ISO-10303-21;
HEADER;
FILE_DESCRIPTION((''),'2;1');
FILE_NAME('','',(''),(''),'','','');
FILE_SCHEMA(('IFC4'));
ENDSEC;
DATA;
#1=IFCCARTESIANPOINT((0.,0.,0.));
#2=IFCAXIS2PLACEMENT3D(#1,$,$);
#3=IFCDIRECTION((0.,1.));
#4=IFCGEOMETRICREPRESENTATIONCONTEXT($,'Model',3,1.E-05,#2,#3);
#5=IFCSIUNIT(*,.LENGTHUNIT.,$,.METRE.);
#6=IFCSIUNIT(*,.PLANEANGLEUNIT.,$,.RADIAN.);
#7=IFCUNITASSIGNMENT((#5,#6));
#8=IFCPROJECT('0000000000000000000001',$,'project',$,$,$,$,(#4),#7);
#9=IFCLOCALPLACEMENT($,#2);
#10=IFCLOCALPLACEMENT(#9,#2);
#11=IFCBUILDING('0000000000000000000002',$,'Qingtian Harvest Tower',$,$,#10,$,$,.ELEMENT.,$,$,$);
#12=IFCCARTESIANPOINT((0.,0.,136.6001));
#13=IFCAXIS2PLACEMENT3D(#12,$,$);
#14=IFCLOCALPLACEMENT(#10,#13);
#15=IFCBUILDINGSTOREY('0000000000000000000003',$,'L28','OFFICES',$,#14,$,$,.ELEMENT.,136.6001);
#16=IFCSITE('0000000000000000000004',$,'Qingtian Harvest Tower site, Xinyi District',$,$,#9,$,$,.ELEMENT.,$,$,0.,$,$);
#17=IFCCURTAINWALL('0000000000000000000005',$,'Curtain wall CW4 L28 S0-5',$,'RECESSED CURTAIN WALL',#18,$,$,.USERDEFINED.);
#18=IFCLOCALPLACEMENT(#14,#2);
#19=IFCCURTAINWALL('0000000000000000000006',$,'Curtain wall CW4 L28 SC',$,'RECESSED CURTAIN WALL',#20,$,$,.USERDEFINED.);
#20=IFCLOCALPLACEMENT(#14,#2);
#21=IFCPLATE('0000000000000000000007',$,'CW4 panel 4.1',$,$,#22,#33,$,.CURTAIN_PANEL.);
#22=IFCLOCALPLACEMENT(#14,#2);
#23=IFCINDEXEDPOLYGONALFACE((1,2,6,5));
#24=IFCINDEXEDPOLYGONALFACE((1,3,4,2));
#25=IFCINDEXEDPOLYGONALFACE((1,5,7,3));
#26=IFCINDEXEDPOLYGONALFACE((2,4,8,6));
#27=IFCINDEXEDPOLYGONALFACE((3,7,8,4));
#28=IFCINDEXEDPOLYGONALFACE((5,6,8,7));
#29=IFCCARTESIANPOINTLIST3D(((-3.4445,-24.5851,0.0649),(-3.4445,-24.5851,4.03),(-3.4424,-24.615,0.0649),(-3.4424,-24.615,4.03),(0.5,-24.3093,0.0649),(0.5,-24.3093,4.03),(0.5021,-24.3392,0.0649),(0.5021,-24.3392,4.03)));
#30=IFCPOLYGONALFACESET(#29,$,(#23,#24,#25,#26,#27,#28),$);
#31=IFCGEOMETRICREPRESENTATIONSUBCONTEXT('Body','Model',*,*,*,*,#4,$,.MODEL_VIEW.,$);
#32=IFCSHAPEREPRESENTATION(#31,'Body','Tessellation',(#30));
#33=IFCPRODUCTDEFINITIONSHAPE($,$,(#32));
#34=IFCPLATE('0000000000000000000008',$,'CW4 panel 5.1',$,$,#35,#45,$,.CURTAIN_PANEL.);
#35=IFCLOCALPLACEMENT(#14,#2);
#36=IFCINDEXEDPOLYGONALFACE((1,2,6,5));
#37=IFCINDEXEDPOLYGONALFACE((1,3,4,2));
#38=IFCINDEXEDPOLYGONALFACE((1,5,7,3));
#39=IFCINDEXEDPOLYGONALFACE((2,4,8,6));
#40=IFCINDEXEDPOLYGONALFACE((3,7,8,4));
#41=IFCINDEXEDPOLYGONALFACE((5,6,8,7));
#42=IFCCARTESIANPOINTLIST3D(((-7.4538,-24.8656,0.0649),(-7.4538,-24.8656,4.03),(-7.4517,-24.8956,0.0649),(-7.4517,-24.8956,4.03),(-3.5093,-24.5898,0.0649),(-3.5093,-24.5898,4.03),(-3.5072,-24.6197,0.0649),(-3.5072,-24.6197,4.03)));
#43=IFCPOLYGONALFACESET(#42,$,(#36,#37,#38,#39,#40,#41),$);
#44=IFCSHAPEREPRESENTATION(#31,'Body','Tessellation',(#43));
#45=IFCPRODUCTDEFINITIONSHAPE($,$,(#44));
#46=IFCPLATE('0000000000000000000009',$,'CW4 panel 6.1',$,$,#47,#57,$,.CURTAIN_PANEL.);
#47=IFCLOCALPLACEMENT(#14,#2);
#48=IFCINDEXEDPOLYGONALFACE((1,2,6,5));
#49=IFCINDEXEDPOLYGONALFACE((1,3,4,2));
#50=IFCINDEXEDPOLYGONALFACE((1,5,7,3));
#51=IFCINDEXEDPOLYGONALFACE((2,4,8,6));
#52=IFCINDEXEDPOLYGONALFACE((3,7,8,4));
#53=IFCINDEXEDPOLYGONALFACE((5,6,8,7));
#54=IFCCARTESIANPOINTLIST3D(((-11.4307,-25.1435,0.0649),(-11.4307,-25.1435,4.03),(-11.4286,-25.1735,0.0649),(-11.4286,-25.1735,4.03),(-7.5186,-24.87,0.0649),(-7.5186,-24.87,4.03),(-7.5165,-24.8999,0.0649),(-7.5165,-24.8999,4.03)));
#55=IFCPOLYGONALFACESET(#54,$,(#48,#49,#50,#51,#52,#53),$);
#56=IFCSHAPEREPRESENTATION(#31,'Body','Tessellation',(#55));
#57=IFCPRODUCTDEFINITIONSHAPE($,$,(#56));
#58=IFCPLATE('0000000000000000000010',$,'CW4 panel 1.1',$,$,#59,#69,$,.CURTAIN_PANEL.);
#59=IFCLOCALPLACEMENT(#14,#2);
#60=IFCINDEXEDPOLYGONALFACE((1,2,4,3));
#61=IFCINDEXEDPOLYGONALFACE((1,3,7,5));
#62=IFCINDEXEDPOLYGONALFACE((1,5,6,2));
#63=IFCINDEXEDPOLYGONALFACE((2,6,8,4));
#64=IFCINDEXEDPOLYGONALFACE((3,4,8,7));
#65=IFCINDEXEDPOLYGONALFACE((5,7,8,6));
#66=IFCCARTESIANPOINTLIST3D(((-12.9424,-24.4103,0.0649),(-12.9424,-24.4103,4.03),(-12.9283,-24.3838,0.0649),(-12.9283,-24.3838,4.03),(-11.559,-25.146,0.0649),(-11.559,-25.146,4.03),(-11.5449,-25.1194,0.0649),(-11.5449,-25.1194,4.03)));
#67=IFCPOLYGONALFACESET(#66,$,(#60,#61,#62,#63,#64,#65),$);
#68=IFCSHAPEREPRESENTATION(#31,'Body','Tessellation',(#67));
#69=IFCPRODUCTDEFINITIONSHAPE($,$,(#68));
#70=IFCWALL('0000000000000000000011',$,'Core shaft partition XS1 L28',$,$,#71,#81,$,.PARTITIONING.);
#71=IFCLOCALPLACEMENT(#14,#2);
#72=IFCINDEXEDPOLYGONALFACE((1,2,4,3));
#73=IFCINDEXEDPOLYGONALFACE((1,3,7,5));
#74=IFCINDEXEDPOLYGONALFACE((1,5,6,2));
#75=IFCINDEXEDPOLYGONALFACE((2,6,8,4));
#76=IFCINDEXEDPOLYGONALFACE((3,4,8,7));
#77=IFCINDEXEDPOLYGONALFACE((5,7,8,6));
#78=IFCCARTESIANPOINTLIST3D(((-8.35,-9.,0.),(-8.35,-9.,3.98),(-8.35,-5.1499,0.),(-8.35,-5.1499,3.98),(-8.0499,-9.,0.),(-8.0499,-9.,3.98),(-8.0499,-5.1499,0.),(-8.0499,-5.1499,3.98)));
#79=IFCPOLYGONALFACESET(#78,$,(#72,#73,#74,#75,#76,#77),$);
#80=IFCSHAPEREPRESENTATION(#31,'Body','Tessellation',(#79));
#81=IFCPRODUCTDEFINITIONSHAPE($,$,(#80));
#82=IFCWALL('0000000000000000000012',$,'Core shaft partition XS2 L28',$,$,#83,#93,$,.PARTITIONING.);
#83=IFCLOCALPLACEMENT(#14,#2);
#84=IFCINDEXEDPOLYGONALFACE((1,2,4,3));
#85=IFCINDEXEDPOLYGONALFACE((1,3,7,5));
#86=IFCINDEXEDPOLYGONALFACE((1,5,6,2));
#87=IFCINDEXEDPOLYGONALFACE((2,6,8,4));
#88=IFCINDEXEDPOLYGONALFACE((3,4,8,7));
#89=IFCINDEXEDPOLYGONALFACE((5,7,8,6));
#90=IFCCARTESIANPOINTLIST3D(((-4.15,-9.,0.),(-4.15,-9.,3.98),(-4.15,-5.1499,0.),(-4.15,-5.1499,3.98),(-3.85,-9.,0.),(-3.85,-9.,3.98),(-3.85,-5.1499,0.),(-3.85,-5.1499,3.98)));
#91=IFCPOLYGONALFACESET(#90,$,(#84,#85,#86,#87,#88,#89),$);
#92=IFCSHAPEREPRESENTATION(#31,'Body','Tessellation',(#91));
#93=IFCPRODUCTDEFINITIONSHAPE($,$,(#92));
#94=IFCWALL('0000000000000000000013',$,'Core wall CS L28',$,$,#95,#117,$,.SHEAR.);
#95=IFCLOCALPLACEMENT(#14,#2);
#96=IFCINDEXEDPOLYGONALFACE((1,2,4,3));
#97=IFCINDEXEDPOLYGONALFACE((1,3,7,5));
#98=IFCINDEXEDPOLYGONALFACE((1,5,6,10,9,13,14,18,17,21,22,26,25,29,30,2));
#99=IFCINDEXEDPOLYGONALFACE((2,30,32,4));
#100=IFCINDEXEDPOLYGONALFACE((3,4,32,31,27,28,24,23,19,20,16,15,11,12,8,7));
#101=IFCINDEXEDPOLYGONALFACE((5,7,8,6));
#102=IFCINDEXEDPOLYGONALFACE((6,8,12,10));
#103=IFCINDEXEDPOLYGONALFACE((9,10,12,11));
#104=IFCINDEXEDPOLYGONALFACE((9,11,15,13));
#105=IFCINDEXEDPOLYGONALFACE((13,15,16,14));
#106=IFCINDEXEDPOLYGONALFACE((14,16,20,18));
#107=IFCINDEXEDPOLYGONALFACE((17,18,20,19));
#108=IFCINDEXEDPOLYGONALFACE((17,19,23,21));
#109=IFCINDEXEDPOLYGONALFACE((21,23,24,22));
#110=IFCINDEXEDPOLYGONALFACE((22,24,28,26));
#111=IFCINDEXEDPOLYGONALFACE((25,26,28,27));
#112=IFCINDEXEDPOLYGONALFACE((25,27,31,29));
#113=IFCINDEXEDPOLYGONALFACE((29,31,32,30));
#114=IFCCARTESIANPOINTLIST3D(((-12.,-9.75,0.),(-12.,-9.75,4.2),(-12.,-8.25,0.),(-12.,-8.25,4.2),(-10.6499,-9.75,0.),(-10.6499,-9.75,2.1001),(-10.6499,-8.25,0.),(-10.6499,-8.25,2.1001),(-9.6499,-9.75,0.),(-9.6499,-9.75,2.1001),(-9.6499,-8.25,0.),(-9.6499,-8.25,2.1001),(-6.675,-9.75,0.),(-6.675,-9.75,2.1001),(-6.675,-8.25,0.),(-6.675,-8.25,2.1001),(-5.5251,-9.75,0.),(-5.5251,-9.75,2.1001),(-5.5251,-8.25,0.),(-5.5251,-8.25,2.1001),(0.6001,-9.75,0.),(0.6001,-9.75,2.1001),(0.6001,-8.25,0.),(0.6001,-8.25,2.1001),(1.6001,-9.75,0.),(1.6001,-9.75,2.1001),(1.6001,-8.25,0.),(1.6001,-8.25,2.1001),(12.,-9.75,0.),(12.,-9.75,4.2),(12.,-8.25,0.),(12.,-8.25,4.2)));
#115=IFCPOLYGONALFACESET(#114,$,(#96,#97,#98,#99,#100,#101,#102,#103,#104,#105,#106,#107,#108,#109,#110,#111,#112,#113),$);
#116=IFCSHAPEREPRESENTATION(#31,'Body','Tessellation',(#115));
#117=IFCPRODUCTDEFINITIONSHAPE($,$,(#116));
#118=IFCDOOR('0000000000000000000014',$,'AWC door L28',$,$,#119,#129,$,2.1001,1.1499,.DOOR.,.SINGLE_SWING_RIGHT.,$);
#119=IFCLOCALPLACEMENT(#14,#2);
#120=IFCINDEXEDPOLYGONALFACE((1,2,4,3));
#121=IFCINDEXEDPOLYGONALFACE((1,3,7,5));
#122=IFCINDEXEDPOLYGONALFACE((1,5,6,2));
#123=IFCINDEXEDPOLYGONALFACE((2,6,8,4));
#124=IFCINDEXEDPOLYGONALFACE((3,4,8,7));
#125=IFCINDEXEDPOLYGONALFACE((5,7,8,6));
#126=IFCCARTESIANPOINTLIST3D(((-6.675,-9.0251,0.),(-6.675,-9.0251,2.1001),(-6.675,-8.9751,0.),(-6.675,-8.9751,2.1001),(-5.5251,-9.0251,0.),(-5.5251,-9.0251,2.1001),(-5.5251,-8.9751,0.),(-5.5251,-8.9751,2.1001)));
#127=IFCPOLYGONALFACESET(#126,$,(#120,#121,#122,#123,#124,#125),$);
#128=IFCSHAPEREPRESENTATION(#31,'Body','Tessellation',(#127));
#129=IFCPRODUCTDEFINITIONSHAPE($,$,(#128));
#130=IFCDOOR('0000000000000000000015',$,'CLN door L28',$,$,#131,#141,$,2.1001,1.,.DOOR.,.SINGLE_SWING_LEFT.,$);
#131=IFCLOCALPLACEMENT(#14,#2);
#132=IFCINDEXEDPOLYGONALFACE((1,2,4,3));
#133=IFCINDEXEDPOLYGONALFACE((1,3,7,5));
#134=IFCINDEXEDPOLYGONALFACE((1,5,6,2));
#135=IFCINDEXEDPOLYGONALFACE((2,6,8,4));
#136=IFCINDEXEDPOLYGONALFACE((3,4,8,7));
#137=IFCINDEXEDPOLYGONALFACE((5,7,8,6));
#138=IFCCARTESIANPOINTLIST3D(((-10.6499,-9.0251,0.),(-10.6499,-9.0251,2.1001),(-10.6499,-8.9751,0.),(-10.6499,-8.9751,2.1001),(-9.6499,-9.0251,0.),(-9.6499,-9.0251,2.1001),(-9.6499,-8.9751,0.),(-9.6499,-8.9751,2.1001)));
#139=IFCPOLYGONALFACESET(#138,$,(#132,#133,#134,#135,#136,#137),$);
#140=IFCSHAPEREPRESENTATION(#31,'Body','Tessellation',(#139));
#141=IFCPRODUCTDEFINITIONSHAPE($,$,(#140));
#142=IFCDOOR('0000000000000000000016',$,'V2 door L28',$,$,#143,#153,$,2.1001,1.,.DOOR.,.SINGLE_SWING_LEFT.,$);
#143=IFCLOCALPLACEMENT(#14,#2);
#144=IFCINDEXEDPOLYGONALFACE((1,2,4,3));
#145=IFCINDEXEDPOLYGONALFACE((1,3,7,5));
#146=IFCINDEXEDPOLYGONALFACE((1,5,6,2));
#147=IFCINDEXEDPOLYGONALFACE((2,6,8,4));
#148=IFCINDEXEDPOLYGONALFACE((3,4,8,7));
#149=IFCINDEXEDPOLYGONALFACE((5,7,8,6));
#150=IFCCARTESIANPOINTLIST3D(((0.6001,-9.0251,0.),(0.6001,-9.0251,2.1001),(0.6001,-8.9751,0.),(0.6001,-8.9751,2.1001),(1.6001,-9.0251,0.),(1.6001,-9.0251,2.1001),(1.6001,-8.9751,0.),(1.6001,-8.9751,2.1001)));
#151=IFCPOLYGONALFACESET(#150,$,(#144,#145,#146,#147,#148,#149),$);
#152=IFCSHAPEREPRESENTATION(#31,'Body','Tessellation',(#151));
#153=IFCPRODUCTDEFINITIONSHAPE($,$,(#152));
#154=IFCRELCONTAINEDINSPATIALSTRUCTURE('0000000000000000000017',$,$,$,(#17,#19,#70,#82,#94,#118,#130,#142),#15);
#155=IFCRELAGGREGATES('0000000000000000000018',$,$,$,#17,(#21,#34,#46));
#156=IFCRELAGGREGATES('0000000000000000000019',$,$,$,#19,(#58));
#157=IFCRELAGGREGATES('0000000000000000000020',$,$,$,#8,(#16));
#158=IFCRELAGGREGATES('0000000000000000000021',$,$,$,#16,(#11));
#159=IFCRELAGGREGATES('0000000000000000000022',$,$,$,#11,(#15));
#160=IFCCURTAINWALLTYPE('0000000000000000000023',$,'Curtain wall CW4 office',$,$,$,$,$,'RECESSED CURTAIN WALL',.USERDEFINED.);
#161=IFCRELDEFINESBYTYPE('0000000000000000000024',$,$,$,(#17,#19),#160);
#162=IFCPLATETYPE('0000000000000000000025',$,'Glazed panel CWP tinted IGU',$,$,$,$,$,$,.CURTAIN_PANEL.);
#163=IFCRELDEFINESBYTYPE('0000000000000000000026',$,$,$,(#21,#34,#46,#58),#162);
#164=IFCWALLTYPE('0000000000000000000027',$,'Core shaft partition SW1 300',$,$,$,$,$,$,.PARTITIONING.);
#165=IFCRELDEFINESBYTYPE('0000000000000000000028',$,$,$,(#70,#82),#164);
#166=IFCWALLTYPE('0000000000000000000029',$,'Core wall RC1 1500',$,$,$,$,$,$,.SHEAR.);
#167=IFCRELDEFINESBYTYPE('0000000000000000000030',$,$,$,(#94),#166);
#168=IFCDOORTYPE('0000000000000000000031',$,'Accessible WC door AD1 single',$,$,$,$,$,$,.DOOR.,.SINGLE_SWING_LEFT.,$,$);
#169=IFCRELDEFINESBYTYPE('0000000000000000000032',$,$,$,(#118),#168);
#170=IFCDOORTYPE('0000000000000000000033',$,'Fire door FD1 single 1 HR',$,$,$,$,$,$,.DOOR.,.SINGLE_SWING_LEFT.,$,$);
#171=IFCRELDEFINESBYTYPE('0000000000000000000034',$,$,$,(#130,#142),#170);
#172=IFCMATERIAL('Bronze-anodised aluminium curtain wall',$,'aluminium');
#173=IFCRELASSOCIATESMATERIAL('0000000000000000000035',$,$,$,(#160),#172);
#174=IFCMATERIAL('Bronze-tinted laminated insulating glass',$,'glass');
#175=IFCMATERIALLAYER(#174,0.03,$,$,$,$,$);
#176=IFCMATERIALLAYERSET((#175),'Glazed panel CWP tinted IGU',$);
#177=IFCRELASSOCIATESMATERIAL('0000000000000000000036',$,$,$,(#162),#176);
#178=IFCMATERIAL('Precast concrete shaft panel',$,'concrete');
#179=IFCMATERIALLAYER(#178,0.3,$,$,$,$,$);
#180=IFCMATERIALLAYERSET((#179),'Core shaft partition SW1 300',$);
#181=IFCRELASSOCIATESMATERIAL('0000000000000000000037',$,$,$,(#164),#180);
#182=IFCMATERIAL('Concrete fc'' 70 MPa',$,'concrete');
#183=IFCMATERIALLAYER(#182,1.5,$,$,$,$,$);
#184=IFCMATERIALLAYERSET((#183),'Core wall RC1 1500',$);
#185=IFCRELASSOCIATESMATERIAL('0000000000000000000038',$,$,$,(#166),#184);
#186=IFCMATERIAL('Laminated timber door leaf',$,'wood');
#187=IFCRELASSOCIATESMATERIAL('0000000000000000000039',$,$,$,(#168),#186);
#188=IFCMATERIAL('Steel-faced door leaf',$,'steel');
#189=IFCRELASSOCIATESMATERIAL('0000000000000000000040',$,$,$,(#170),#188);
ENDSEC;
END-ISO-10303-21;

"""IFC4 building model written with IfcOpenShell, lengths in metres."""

from ifc_helpers import new_model, si_unit, direction, frame, frame_2d, origin, origin_2d, place, context, subcontext, project, spatial, rectangle, extrude, material, layer, layer_set, type_object, element, fill, aggregate, save


model = new_model("IFC4")

# Units and contexts
model_context = context("Model", 3, precision=1e-05, world=origin(), true_north=direction((0.0, 1.0)))
body_context = subcontext(model_context, "Body", "Model", "MODEL_VIEW")
ifc_project = project(units=[si_unit("LENGTHUNIT", "METRE"), si_unit("PLANEANGLEUNIT", "RADIAN")], contexts=[model_context])

# Site, building, storey
site_placement = place(None, origin())
site = spatial("IfcSite", under=ifc_project, at=site_placement, Name="Qingtian Harvest Tower site, Xinyi District", CompositionType="ELEMENT", RefElevation=0.0)
building_placement = place(site_placement, origin())
building = spatial("IfcBuilding", under=site, at=building_placement, Name="Qingtian Harvest Tower", CompositionType="ELEMENT")
storey_placement = place(building_placement, frame((0.0, 0.0, 136.6001)))
storey = spatial("IfcBuildingStorey", under=building, at=storey_placement, Name="L28", Description="OFFICES", CompositionType="ELEMENT", Elevation=136.6001)

# Curtain walls
ifc_material_1 = material(Name="Bronze-anodised aluminium curtain wall", Category="aluminium")
curtain_wall_type = type_object("IfcCurtainWallType", Name="Curtain wall CW4 office", ElementType="RECESSED CURTAIN WALL", PredefinedType="USERDEFINED", material=ifc_material_1)
curtain_wall_1_placement = place(storey_placement, origin())
curtain_wall_1 = element("IfcCurtainWall", 1, at=curtain_wall_1_placement, inside=storey, type_object=curtain_wall_type, Name="Curtain wall CW4 L28 S0-5", ObjectType="RECESSED CURTAIN WALL", PredefinedType="USERDEFINED")
curtain_wall_2_placement = place(storey_placement, origin())
curtain_wall_2 = element("IfcCurtainWall", 2, at=curtain_wall_2_placement, inside=storey, type_object=curtain_wall_type, Name="Curtain wall CW4 L28 SC", ObjectType="RECESSED CURTAIN WALL", PredefinedType="USERDEFINED")

# Plates
ifc_material_2 = material(Name="Bronze-tinted laminated insulating glass", Category="glass")
ifc_layer_1 = layer(ifc_material_2, 0.03)
ifc_layer_set_1 = layer_set([ifc_layer_1], Name="Glazed panel CWP tinted IGU")
plate_type = type_object("IfcPlateType", Name="Glazed panel CWP tinted IGU", PredefinedType="CURTAIN_PANEL", material=ifc_layer_set_1)
plate_1_placement = place(storey_placement, frame((-1.4712, -24.4622, 0.0649), z_axis=(0.0, 0.0, 1.0), x_axis=(-0.997564, -0.069756, 0.0)))
plate_1 = element("IfcPlate", 3, at=plate_1_placement, type_object=plate_type, Name="CW4 panel 4.1", PredefinedType="CURTAIN_PANEL", context=body_context, shape_type="SweptSolid", body=[
    extrude(rectangle(XDim=3.9541, YDim=0.03, at=origin_2d()), origin(), (0.0, 0.0, 1.0), 3.9651),
])
plate_2_placement = place(storey_placement, frame((-5.4805, -24.7427, 0.0649), z_axis=(0.0, 0.0, 1.0), x_axis=(-0.997564, -0.069756, 0.0)))
plate_2 = element("IfcPlate", 4, at=plate_2_placement, type_object=plate_type, Name="CW4 panel 5.1", PredefinedType="CURTAIN_PANEL", context=body_context, shape_type="SweptSolid", body=[
    extrude(rectangle(XDim=3.9541, YDim=0.03, at=origin_2d()), origin(), (0.0, 0.0, 1.0), 3.9651),
])
plate_3_placement = place(storey_placement, frame((-9.4736, -25.0217, 0.0649), z_axis=(0.0, 0.0, 1.0), x_axis=(-0.997564, -0.069756, 0.0)))
plate_3 = element("IfcPlate", 5, at=plate_3_placement, type_object=plate_type, Name="CW4 panel 6.1", PredefinedType="CURTAIN_PANEL", context=body_context, shape_type="SweptSolid", body=[
    extrude(rectangle(XDim=3.9216, YDim=0.03, at=origin_2d()), origin(), (0.0, 0.0, 1.0), 3.9651),
])
aggregate(curtain_wall_1, [plate_1, plate_2, plate_3])
plate_4_placement = place(storey_placement, frame((-12.2437, -24.7649, 0.0649), z_axis=(0.0, 0.0, 1.0), x_axis=(-0.882948, 0.469472, 0.0)))
plate_4 = element("IfcPlate", 6, at=plate_4_placement, type_object=plate_type, Name="CW4 panel 1.1", PredefinedType="CURTAIN_PANEL", context=body_context, shape_type="SweptSolid", body=[
    extrude(rectangle(XDim=1.5669, YDim=0.03, at=origin_2d()), origin(), (0.0, 0.0, 1.0), 3.9651),
])
aggregate(curtain_wall_2, [plate_4])

# Walls
ifc_material_3 = material(Name="Precast concrete shaft panel", Category="concrete")
ifc_layer_2 = layer(ifc_material_3, 0.3)
ifc_layer_set_2 = layer_set([ifc_layer_2], Name="Core shaft partition SW1 300")
wall_type_1 = type_object("IfcWallType", Name="Core shaft partition SW1 300", PredefinedType="PARTITIONING", material=ifc_layer_set_2)
for number, where, z_axis, x_axis, name in (
    (7, (-8.2, -9.0, 0.0), (0.0, 0.0, 1.0), (0.0, 1.0, 0.0), "Core shaft partition XS1 L28"),
    (8, (-4.0, -9.0, 0.0), (0.0, 0.0, 1.0), (0.0, 1.0, 0.0), "Core shaft partition XS2 L28"),
):
    element("IfcWall", number, at=place(storey_placement, frame(where, z_axis=z_axis, x_axis=x_axis)), inside=storey, type_object=wall_type_1, Name=name, PredefinedType="PARTITIONING", context=body_context, shape_type="SweptSolid", body=[
        extrude(rectangle(XDim=3.8501, YDim=0.3, at=frame_2d((1.925, 0.0))), origin(), (0.0, 0.0, 1.0), 3.98),
    ])

# Wall, openings, doors
ifc_material_4 = material(Name="Concrete fc' 70 MPa", Category="concrete")
ifc_layer_3 = layer(ifc_material_4, 1.5)
ifc_layer_set_3 = layer_set([ifc_layer_3], Name="Core wall RC1 1500")
wall_type_2 = type_object("IfcWallType", Name="Core wall RC1 1500", PredefinedType="SHEAR", material=ifc_layer_set_3)
wall_1_placement = place(storey_placement, frame((-12.0, -9.0, 0.0), z_axis=(0.0, 0.0, 1.0), x_axis=(1.0, 0.0, 0.0)))
wall_1 = element("IfcWall", 9, at=wall_1_placement, inside=storey, type_object=wall_type_2, Name="Core wall CS L28", PredefinedType="SHEAR", context=body_context, shape_type="SweptSolid", body=[
    extrude(rectangle(XDim=24.0, YDim=1.5, at=frame_2d((12.0, 0.0))), origin(), (0.0, 0.0, 1.0), 4.2),
])
opening_1_placement = place(wall_1_placement, frame((1.3501, 0.0, 0.0)))
opening_1 = element("IfcOpeningElement", 10, at=opening_1_placement, cuts=wall_1, PredefinedType="OPENING", context=body_context, shape_type="SweptSolid", body=[
    extrude(rectangle(XDim=1.0, YDim=2.1001, at=frame_2d((0.5, 1.05))), frame((0.0, 0.76, 0.0), z_axis=(0.0, -1.0, 0.0), x_axis=(1.0, 0.0, 0.0)), (0.0, 0.0, 1.0), 1.52),
])
opening_2_placement = place(wall_1_placement, frame((5.325, 0.0, 0.0)))
opening_2 = element("IfcOpeningElement", 11, at=opening_2_placement, cuts=wall_1, PredefinedType="OPENING", context=body_context, shape_type="SweptSolid", body=[
    extrude(rectangle(XDim=1.1499, YDim=2.1001, at=frame_2d((0.575, 1.05))), frame((0.0, 0.76, 0.0), z_axis=(0.0, -1.0, 0.0), x_axis=(1.0, 0.0, 0.0)), (0.0, 0.0, 1.0), 1.52),
])
opening_3_placement = place(wall_1_placement, frame((12.6001, 0.0, 0.0)))
opening_3 = element("IfcOpeningElement", 12, at=opening_3_placement, cuts=wall_1, PredefinedType="OPENING", context=body_context, shape_type="SweptSolid", body=[
    extrude(rectangle(XDim=1.0, YDim=2.1001, at=frame_2d((0.5, 1.05))), frame((0.0, 0.76, 0.0), z_axis=(0.0, -1.0, 0.0), x_axis=(1.0, 0.0, 0.0)), (0.0, 0.0, 1.0), 1.52),
])
ifc_material_5 = material(Name="Laminated timber door leaf", Category="wood")
door_type_1 = type_object("IfcDoorType", Name="Accessible WC door AD1 single", OperationType="SINGLE_SWING_LEFT", PredefinedType="DOOR", material=ifc_material_5)
door_1_placement = place(opening_2_placement, origin())
door_1 = element("IfcDoor", 13, at=door_1_placement, inside=storey, type_object=door_type_1, Name="AWC door L28", OperationType="SINGLE_SWING_RIGHT", OverallHeight=2.1001, OverallWidth=1.1499, PredefinedType="DOOR", context=body_context, shape_type="SweptSolid", body=[
    extrude(rectangle(XDim=1.1499, YDim=2.1001, at=frame_2d((0.575, 1.05))), frame((0.0, 0.0249, 0.0), z_axis=(0.0, -1.0, 0.0), x_axis=(1.0, 0.0, 0.0)), (0.0, 0.0, 1.0), 0.05),
])
fill(opening_2, door_1)
ifc_material_6 = material(Name="Steel-faced door leaf", Category="steel")
door_type_2 = type_object("IfcDoorType", Name="Fire door FD1 single 1 HR", OperationType="SINGLE_SWING_LEFT", PredefinedType="DOOR", material=ifc_material_6)
door_2_placement = place(opening_1_placement, origin())
door_2 = element("IfcDoor", 14, at=door_2_placement, inside=storey, type_object=door_type_2, Name="CLN door L28", OperationType="SINGLE_SWING_LEFT", OverallHeight=2.1001, OverallWidth=1.0, PredefinedType="DOOR", context=body_context, shape_type="SweptSolid", body=[
    extrude(rectangle(XDim=1.0, YDim=2.1001, at=frame_2d((0.5, 1.05))), frame((0.0, 0.0249, 0.0), z_axis=(0.0, -1.0, 0.0), x_axis=(1.0, 0.0, 0.0)), (0.0, 0.0, 1.0), 0.05),
])
fill(opening_1, door_2)
door_3_placement = place(opening_3_placement, origin())
door_3 = element("IfcDoor", 15, at=door_3_placement, inside=storey, type_object=door_type_2, Name="V2 door L28", OperationType="SINGLE_SWING_LEFT", OverallHeight=2.1001, OverallWidth=1.0, PredefinedType="DOOR", context=body_context, shape_type="SweptSolid", body=[
    extrude(rectangle(XDim=1.0, YDim=2.1001, at=frame_2d((0.5, 1.05))), frame((0.0, 0.0249, 0.0), z_axis=(0.0, -1.0, 0.0), x_axis=(1.0, 0.0, 0.0)), (0.0, 0.0, 1.0), 0.05),
])
fill(opening_3, door_3)

save(model, "model.ifc")
